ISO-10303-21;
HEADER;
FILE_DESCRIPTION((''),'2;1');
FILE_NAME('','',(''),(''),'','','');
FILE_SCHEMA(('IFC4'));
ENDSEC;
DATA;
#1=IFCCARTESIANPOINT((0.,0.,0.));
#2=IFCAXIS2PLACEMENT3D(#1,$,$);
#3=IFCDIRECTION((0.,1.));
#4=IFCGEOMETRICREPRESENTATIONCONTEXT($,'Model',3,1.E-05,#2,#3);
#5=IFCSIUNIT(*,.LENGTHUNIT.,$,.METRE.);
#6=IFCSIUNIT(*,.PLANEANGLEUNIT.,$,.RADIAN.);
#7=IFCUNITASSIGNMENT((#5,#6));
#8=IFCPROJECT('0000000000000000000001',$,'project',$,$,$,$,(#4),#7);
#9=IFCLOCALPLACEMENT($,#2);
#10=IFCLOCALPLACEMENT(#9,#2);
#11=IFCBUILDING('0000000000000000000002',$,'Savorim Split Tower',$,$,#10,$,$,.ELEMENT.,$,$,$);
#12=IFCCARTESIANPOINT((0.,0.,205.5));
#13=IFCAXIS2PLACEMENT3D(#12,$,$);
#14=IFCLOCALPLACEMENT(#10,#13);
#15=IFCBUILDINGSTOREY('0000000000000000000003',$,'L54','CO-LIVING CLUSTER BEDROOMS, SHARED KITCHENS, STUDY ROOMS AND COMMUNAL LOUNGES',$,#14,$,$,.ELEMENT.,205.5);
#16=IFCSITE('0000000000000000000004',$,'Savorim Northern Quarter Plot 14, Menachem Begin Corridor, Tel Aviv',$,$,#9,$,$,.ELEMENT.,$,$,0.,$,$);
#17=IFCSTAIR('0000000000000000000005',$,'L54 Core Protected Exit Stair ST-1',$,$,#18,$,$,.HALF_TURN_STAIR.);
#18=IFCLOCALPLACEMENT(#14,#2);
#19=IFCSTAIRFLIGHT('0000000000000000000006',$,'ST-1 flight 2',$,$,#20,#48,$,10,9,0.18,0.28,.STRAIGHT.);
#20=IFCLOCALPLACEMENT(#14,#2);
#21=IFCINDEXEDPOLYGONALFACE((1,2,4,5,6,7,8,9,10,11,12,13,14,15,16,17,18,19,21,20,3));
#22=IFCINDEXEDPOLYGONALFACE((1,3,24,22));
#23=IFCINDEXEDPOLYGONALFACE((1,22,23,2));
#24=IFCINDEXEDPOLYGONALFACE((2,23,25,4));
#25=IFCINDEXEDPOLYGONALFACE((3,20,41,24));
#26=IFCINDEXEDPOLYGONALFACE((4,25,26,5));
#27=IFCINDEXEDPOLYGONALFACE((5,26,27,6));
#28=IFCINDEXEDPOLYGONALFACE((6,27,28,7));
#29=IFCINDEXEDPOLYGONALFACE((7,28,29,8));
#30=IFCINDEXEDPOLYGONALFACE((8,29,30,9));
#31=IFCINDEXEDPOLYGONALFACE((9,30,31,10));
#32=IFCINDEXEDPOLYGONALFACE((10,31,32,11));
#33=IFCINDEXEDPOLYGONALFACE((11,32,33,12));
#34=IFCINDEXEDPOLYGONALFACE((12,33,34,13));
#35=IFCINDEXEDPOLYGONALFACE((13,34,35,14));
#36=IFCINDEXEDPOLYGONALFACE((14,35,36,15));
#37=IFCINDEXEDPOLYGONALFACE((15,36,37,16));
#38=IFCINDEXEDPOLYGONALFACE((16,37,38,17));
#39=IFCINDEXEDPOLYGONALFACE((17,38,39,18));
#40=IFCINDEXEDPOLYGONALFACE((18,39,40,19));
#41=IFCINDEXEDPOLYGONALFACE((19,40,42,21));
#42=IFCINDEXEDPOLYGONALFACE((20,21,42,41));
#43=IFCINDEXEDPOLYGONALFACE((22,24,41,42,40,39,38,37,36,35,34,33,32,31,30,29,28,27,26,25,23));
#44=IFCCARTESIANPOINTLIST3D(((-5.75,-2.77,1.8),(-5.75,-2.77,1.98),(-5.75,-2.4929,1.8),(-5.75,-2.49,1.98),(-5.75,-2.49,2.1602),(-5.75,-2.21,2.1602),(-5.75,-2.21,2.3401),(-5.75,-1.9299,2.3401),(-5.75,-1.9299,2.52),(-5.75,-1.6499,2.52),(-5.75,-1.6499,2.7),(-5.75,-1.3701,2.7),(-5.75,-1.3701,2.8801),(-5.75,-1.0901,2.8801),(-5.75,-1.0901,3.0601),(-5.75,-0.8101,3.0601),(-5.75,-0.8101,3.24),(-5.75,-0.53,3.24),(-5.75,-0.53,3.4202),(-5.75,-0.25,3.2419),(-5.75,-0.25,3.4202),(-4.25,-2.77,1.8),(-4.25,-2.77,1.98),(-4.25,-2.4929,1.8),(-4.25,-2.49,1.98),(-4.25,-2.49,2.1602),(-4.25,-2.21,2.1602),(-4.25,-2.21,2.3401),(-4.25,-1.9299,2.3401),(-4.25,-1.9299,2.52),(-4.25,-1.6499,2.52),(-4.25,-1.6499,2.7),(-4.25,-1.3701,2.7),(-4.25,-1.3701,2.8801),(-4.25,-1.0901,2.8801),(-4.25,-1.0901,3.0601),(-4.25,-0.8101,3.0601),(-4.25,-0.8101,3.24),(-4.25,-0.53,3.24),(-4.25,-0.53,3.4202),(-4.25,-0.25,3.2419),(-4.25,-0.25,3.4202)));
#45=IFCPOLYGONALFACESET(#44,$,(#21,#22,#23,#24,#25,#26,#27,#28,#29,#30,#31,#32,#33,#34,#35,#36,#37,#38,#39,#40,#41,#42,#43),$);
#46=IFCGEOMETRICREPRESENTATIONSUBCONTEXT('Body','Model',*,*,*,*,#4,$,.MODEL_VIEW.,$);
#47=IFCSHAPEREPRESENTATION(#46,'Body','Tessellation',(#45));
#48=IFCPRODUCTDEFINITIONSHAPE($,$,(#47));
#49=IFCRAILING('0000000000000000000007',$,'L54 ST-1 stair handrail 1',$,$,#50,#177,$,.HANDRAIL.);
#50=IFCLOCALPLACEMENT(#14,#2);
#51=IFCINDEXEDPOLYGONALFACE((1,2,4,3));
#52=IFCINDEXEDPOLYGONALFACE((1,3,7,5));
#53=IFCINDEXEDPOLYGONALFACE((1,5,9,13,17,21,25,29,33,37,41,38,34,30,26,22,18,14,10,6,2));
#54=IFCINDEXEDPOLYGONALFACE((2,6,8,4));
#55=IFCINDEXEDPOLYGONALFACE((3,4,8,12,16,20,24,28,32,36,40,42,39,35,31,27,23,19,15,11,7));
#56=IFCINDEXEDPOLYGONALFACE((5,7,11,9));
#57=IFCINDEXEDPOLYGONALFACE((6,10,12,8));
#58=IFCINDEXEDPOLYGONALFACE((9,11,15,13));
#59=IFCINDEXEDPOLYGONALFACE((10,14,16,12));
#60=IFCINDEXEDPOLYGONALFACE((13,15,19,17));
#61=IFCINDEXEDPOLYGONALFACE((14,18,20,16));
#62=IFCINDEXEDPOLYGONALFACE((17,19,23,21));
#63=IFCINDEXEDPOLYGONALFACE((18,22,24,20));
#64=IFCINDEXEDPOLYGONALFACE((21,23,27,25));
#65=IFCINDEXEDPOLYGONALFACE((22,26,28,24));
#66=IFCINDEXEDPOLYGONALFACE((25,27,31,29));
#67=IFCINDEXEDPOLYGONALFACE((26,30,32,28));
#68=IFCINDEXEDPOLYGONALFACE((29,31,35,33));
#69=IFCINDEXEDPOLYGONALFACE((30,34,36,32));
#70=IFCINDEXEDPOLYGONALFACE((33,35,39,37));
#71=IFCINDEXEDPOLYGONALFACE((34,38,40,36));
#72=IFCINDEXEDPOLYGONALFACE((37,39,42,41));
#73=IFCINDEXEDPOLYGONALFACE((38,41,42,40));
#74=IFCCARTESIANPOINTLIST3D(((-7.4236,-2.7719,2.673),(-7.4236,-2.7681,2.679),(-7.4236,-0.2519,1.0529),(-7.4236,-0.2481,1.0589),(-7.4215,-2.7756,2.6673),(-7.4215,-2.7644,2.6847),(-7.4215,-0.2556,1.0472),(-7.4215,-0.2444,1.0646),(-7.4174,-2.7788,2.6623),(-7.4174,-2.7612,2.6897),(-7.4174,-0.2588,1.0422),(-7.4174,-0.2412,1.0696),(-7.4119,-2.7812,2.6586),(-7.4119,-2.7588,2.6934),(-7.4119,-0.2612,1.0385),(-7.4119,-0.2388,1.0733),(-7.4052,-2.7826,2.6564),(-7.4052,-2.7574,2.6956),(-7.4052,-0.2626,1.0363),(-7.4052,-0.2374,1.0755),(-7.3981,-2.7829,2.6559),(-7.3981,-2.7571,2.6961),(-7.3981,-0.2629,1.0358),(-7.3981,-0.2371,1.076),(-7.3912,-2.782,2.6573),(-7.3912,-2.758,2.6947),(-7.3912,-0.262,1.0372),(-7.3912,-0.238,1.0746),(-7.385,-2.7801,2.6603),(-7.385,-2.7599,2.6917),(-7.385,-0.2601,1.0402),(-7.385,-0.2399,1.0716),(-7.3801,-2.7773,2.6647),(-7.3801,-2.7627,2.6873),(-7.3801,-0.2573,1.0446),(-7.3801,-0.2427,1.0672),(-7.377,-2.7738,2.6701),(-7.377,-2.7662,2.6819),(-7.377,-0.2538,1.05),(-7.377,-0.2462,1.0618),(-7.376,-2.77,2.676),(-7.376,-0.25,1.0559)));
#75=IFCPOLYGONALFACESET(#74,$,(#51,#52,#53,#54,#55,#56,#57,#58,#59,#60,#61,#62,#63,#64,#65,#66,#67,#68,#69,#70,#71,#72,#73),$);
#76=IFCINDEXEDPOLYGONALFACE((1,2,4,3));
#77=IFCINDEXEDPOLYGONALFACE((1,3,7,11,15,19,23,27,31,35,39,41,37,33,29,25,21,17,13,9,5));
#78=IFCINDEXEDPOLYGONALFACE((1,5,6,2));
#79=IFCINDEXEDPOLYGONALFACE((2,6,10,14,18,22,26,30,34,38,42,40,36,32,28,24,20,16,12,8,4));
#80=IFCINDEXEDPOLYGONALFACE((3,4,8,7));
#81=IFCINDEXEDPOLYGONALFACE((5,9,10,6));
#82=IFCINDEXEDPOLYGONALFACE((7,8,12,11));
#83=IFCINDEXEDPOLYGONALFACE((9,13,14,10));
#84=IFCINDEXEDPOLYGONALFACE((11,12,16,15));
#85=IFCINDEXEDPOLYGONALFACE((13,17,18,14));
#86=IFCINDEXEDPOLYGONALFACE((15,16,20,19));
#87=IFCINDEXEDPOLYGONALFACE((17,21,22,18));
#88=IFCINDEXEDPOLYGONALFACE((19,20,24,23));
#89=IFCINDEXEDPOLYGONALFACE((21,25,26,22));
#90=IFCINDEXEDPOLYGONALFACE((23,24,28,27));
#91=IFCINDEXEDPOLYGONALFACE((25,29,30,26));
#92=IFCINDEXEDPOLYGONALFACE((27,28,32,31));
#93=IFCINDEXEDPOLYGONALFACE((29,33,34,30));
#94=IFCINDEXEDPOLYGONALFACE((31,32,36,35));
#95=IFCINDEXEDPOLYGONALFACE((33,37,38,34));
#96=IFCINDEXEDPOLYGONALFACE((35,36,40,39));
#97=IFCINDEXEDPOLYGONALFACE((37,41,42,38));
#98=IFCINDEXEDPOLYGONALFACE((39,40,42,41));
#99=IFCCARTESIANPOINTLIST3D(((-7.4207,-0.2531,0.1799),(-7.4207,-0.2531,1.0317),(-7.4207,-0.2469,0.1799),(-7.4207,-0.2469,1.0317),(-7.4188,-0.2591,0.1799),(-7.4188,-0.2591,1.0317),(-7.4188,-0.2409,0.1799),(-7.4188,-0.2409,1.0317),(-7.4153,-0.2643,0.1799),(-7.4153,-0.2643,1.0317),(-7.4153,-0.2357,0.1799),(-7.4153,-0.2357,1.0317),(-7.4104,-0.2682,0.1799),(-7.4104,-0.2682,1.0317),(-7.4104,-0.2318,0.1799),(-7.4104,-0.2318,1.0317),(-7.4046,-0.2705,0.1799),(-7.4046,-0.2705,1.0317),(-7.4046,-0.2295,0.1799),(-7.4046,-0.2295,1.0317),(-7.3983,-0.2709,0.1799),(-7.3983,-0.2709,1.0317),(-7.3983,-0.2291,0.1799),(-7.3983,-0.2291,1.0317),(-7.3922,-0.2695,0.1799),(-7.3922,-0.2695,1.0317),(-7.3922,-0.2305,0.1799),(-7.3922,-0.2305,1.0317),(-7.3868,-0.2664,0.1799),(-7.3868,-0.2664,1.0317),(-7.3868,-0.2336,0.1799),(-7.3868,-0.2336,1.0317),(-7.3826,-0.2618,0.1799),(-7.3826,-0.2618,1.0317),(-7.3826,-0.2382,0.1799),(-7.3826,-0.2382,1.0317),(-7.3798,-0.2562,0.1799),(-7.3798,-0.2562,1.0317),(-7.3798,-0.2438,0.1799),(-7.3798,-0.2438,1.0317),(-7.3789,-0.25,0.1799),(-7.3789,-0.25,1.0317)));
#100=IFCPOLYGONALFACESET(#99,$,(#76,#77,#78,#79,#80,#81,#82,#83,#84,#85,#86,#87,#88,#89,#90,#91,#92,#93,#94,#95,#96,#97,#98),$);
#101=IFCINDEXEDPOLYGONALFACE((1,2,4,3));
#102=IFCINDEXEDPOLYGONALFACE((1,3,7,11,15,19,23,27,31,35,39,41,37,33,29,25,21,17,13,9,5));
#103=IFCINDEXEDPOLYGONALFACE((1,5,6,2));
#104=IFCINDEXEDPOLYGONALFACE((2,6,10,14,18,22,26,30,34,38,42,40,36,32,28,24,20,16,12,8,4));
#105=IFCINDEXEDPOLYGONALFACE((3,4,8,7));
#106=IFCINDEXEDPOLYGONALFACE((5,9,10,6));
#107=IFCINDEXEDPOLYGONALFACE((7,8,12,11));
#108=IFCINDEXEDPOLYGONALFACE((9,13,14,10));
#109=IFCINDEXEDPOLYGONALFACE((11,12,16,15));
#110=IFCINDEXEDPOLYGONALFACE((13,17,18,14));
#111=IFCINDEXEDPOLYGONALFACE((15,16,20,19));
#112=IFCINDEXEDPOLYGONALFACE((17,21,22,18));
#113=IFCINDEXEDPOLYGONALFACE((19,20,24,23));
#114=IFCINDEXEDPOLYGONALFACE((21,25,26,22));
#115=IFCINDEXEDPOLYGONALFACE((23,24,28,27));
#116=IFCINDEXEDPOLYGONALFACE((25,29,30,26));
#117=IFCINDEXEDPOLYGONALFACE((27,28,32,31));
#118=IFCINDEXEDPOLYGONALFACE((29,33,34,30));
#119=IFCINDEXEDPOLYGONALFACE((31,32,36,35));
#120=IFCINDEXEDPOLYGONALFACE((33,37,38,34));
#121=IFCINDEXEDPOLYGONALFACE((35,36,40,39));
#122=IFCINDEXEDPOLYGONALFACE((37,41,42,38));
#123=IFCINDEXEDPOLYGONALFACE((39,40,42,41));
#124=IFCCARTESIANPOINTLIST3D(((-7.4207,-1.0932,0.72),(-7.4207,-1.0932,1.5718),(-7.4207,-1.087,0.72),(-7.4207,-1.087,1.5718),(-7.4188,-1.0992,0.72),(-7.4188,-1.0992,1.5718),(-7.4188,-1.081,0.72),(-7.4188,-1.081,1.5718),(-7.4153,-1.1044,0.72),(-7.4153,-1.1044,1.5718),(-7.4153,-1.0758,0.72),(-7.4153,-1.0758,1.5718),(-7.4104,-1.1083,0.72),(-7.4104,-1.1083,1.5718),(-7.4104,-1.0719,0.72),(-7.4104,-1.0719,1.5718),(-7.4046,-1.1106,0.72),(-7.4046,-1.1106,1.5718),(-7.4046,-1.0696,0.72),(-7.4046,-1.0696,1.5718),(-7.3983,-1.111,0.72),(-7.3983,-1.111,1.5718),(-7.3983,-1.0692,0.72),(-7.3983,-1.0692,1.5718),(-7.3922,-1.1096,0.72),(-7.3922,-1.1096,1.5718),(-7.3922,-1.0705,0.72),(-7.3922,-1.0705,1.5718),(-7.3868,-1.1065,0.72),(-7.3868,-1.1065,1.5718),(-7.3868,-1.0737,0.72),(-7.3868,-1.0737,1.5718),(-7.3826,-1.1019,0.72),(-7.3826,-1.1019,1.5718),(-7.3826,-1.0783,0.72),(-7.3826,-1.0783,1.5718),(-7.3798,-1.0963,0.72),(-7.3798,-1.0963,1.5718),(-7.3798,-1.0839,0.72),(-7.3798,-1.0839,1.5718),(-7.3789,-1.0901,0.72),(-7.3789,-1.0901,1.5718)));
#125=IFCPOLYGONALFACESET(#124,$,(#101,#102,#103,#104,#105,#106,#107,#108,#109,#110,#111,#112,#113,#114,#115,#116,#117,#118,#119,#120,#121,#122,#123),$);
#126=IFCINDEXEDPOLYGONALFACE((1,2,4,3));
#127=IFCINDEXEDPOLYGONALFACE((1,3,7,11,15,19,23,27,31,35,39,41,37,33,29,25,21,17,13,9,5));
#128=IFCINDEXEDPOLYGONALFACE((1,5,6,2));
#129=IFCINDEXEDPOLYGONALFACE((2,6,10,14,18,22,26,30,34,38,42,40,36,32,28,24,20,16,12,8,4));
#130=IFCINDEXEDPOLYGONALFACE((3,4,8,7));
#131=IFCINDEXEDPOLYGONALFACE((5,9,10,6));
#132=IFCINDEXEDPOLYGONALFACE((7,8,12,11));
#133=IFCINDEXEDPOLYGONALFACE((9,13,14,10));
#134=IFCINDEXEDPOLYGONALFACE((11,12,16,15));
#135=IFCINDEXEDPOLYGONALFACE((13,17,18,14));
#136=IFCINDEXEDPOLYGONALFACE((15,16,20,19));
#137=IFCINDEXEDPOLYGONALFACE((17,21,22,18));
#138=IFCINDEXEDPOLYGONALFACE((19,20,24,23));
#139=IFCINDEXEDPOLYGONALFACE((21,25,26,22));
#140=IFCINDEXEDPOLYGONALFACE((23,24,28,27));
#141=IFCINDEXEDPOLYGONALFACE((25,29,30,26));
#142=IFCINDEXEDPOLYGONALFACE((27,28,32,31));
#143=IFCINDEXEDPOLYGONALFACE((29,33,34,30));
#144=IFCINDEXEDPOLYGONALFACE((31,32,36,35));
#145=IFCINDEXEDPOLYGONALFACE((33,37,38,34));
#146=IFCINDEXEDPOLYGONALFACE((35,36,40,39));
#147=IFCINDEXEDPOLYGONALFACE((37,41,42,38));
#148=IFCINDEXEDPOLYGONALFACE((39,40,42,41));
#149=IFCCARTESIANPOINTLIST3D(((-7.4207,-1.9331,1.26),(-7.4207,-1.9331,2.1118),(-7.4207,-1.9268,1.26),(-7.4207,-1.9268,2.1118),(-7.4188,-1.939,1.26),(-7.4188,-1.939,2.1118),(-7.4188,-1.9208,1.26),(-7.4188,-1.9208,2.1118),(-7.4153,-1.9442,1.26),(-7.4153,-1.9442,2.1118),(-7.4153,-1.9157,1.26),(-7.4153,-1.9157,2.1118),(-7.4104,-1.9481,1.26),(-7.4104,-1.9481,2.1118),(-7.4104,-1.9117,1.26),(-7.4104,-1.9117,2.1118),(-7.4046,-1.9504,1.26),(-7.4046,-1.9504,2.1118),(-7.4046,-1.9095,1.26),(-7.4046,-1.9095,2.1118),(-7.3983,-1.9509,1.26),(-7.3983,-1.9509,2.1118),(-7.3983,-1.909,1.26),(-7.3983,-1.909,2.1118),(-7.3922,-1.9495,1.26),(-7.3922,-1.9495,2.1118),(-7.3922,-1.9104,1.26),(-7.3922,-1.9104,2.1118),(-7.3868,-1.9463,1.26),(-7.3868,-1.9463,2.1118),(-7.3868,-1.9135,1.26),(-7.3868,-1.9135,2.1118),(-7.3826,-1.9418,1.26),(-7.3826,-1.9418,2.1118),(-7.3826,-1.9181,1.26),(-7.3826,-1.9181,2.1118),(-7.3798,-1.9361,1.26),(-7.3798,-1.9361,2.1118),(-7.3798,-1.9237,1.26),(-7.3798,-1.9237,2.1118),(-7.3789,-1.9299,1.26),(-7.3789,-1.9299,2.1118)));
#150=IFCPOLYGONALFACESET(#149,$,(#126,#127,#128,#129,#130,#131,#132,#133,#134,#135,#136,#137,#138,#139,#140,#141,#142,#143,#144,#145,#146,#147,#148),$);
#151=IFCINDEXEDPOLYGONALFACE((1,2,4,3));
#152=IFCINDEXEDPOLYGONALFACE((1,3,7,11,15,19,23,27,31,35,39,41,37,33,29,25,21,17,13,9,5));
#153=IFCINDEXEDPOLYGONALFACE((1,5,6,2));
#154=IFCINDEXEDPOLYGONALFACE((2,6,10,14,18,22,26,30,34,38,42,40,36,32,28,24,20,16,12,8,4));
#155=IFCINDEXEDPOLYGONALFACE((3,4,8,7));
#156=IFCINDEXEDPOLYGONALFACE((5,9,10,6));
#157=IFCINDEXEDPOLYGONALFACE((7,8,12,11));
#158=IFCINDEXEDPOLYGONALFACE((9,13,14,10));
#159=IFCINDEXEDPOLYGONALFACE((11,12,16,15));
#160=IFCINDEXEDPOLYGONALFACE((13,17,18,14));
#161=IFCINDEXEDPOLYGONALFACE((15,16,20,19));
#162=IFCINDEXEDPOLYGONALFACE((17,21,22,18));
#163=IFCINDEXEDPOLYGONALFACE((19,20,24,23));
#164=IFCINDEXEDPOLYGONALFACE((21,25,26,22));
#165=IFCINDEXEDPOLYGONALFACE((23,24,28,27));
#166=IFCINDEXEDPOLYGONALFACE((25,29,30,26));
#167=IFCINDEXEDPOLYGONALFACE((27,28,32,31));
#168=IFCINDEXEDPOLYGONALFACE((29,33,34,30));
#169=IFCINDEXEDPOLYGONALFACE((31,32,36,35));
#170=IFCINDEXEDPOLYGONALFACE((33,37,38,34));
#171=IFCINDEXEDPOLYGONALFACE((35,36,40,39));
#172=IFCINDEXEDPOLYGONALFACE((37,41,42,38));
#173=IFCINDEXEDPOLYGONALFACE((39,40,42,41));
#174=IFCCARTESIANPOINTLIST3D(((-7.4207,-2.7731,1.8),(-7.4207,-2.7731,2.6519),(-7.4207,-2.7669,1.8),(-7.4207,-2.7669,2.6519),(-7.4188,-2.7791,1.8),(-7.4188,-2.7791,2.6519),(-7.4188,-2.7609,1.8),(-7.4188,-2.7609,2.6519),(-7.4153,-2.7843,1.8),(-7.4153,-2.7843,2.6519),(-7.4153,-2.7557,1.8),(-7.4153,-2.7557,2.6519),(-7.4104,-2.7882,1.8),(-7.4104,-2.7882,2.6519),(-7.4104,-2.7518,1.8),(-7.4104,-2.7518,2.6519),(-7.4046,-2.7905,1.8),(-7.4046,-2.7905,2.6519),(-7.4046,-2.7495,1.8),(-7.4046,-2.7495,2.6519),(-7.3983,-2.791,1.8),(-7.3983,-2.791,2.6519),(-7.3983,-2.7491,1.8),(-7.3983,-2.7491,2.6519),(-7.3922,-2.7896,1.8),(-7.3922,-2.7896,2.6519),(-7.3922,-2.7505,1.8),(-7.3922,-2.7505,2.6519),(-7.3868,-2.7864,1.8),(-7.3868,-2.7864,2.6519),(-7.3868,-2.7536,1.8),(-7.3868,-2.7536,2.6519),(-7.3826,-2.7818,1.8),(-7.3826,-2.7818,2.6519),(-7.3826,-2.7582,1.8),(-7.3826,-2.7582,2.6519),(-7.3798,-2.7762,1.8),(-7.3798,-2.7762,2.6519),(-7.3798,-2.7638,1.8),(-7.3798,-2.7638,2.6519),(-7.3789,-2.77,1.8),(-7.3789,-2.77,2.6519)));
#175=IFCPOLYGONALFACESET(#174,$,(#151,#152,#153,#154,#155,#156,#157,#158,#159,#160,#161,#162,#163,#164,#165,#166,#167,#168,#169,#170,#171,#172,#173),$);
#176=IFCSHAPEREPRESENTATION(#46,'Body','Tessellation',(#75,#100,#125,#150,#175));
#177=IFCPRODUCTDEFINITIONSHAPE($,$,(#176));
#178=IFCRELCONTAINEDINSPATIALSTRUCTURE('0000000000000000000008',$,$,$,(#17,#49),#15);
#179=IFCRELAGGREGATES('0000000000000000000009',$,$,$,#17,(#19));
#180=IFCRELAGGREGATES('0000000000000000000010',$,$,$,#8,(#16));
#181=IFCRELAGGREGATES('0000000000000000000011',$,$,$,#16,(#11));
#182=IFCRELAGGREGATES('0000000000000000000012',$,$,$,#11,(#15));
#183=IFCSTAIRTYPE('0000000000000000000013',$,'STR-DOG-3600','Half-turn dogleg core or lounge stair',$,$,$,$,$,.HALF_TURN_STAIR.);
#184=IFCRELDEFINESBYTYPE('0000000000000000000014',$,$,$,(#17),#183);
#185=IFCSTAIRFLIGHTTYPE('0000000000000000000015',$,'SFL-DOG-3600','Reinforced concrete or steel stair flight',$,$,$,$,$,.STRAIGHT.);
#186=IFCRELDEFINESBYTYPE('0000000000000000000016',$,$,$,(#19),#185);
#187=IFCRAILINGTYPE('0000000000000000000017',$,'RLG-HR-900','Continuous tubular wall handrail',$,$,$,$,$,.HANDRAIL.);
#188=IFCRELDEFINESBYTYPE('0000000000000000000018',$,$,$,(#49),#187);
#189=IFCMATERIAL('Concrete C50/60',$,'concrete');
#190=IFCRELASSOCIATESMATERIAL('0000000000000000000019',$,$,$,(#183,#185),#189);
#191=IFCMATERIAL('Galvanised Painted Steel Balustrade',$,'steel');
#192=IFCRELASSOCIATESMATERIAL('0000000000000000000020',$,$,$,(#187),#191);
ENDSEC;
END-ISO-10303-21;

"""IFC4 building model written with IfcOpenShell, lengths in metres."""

from ifc_helpers import new_model, si_unit, direction, frame, origin, origin_2d, place, context, subcontext, project, spatial, polyline, circle, outline, extrude, material, type_object, element, aggregate, save


model = new_model("IFC4")

# Units and contexts
model_context = context("Model", 3, precision=1e-05, world=origin(), true_north=direction((0.0, 1.0)))
body_context = subcontext(model_context, "Body", "Model", "MODEL_VIEW")
ifc_project = project(units=[si_unit("LENGTHUNIT", "METRE"), si_unit("PLANEANGLEUNIT", "RADIAN")], contexts=[model_context])

# Site, building, storey
site_placement = place(None, origin())
site = spatial("IfcSite", under=ifc_project, at=site_placement, Name="Savorim Northern Quarter Plot 14, Menachem Begin Corridor, Tel Aviv", CompositionType="ELEMENT", RefElevation=0.0)
building_placement = place(site_placement, origin())
building = spatial("IfcBuilding", under=site, at=building_placement, Name="Savorim Split Tower", CompositionType="ELEMENT")
storey_placement = place(building_placement, frame((0.0, 0.0, 205.5)))
storey = spatial("IfcBuildingStorey", under=building, at=storey_placement, Name="L54", Description="CO-LIVING CLUSTER BEDROOMS, SHARED KITCHENS, STUDY ROOMS AND COMMUNAL LOUNGES", CompositionType="ELEMENT", Elevation=205.5)

# Shared definitions
ifc_material_1 = material(Name="Concrete C50/60", Category="concrete")

# Stair, stair flight
stair_type = type_object("IfcStairType", Name="STR-DOG-3600", Description="Half-turn dogleg core or lounge stair", PredefinedType="HALF_TURN_STAIR", material=ifc_material_1)
stair_placement = place(storey_placement, origin())
stair = element("IfcStair", 1, at=stair_placement, inside=storey, type_object=stair_type, Name="L54 Core Protected Exit Stair ST-1", PredefinedType="HALF_TURN_STAIR")
stair_flight_type = type_object("IfcStairFlightType", Name="SFL-DOG-3600", Description="Reinforced concrete or steel stair flight", PredefinedType="STRAIGHT", material=ifc_material_1)
stair_flight_1_placement = place(storey_placement, frame((-5.0, -2.77, 1.8), z_axis=(0.0, 0.0, 1.0), x_axis=(0.0, 1.0, 0.0)))
stair_flight_1 = element("IfcStairFlight", 2, at=stair_flight_1_placement, type_object=stair_flight_type, Name="ST-1 flight 2", NumberOfRisers=10, NumberOfTreads=9, PredefinedType="STRAIGHT", RiserHeight=0.18, TreadLength=0.28, context=body_context, shape_type="SweptSolid", body=[
    extrude(outline(polyline([(0.0, 0.0), (0.0, 0.1799), (0.28, 0.1799), (0.28, 0.3601), (0.5601, 0.3601), (0.5601, 0.54), (0.8401, 0.54), (0.8401, 0.72), (1.1201, 0.72), (1.1201, 0.8999), (1.3999, 0.8999), (1.3999, 1.0801), (1.6799, 1.0801), (1.6799, 1.26), (1.96, 1.26), (1.96, 1.4399), (2.24, 1.4399), (2.24, 1.6201), (2.52, 1.6201), (2.52, 1.8), (2.52, 1.4419), (0.2771, 0.0), (0.0, 0.0)])), frame((0.0, 0.75, 0.0), z_axis=(0.0, -1.0, 0.0), x_axis=(1.0, 0.0, 0.0)), (0.0, 0.0, 1.0), 1.5),
])
aggregate(stair, [stair_flight_1])

# Railing
ifc_material_2 = material(Name="Galvanised Painted Steel Balustrade", Category="steel")
railing_type_1 = type_object("IfcRailingType", Name="RLG-HR-900", Description="Continuous tubular wall handrail", PredefinedType="HANDRAIL", material=ifc_material_2)
railing_1_placement = place(storey_placement, frame((-7.3999, -0.25, 0.1799)))
element("IfcRailing", 3, at=railing_1_placement, inside=storey, type_object=railing_type_1, Name="L54 ST-1 stair handrail 1", PredefinedType="HANDRAIL", context=body_context, shape_type="SweptSolid", body=[
    extrude(circle(Radius=0.0239, at=origin_2d()), frame((0.0, 0.0, 0.876), z_axis=(0.0, -0.841163, 0.540782), x_axis=(1.0, 0.0, 0.0)), (0.0, 0.0, 1.0), 2.9958),
    extrude(circle(Radius=0.021, at=origin_2d()), origin(), (0.0, 0.0, 1.0), 0.8518),
    extrude(circle(Radius=0.021, at=origin_2d()), frame((0.0, -0.8401, 0.54)), (0.0, 0.0, 1.0), 0.8518),
    extrude(circle(Radius=0.021, at=origin_2d()), frame((0.0, -1.6799, 1.0801)), (0.0, 0.0, 1.0), 0.8518),
    extrude(circle(Radius=0.021, at=origin_2d()), frame((0.0, -2.52, 1.6201)), (0.0, 0.0, 1.0), 0.8518),
])

save(model, "model.ifc")
